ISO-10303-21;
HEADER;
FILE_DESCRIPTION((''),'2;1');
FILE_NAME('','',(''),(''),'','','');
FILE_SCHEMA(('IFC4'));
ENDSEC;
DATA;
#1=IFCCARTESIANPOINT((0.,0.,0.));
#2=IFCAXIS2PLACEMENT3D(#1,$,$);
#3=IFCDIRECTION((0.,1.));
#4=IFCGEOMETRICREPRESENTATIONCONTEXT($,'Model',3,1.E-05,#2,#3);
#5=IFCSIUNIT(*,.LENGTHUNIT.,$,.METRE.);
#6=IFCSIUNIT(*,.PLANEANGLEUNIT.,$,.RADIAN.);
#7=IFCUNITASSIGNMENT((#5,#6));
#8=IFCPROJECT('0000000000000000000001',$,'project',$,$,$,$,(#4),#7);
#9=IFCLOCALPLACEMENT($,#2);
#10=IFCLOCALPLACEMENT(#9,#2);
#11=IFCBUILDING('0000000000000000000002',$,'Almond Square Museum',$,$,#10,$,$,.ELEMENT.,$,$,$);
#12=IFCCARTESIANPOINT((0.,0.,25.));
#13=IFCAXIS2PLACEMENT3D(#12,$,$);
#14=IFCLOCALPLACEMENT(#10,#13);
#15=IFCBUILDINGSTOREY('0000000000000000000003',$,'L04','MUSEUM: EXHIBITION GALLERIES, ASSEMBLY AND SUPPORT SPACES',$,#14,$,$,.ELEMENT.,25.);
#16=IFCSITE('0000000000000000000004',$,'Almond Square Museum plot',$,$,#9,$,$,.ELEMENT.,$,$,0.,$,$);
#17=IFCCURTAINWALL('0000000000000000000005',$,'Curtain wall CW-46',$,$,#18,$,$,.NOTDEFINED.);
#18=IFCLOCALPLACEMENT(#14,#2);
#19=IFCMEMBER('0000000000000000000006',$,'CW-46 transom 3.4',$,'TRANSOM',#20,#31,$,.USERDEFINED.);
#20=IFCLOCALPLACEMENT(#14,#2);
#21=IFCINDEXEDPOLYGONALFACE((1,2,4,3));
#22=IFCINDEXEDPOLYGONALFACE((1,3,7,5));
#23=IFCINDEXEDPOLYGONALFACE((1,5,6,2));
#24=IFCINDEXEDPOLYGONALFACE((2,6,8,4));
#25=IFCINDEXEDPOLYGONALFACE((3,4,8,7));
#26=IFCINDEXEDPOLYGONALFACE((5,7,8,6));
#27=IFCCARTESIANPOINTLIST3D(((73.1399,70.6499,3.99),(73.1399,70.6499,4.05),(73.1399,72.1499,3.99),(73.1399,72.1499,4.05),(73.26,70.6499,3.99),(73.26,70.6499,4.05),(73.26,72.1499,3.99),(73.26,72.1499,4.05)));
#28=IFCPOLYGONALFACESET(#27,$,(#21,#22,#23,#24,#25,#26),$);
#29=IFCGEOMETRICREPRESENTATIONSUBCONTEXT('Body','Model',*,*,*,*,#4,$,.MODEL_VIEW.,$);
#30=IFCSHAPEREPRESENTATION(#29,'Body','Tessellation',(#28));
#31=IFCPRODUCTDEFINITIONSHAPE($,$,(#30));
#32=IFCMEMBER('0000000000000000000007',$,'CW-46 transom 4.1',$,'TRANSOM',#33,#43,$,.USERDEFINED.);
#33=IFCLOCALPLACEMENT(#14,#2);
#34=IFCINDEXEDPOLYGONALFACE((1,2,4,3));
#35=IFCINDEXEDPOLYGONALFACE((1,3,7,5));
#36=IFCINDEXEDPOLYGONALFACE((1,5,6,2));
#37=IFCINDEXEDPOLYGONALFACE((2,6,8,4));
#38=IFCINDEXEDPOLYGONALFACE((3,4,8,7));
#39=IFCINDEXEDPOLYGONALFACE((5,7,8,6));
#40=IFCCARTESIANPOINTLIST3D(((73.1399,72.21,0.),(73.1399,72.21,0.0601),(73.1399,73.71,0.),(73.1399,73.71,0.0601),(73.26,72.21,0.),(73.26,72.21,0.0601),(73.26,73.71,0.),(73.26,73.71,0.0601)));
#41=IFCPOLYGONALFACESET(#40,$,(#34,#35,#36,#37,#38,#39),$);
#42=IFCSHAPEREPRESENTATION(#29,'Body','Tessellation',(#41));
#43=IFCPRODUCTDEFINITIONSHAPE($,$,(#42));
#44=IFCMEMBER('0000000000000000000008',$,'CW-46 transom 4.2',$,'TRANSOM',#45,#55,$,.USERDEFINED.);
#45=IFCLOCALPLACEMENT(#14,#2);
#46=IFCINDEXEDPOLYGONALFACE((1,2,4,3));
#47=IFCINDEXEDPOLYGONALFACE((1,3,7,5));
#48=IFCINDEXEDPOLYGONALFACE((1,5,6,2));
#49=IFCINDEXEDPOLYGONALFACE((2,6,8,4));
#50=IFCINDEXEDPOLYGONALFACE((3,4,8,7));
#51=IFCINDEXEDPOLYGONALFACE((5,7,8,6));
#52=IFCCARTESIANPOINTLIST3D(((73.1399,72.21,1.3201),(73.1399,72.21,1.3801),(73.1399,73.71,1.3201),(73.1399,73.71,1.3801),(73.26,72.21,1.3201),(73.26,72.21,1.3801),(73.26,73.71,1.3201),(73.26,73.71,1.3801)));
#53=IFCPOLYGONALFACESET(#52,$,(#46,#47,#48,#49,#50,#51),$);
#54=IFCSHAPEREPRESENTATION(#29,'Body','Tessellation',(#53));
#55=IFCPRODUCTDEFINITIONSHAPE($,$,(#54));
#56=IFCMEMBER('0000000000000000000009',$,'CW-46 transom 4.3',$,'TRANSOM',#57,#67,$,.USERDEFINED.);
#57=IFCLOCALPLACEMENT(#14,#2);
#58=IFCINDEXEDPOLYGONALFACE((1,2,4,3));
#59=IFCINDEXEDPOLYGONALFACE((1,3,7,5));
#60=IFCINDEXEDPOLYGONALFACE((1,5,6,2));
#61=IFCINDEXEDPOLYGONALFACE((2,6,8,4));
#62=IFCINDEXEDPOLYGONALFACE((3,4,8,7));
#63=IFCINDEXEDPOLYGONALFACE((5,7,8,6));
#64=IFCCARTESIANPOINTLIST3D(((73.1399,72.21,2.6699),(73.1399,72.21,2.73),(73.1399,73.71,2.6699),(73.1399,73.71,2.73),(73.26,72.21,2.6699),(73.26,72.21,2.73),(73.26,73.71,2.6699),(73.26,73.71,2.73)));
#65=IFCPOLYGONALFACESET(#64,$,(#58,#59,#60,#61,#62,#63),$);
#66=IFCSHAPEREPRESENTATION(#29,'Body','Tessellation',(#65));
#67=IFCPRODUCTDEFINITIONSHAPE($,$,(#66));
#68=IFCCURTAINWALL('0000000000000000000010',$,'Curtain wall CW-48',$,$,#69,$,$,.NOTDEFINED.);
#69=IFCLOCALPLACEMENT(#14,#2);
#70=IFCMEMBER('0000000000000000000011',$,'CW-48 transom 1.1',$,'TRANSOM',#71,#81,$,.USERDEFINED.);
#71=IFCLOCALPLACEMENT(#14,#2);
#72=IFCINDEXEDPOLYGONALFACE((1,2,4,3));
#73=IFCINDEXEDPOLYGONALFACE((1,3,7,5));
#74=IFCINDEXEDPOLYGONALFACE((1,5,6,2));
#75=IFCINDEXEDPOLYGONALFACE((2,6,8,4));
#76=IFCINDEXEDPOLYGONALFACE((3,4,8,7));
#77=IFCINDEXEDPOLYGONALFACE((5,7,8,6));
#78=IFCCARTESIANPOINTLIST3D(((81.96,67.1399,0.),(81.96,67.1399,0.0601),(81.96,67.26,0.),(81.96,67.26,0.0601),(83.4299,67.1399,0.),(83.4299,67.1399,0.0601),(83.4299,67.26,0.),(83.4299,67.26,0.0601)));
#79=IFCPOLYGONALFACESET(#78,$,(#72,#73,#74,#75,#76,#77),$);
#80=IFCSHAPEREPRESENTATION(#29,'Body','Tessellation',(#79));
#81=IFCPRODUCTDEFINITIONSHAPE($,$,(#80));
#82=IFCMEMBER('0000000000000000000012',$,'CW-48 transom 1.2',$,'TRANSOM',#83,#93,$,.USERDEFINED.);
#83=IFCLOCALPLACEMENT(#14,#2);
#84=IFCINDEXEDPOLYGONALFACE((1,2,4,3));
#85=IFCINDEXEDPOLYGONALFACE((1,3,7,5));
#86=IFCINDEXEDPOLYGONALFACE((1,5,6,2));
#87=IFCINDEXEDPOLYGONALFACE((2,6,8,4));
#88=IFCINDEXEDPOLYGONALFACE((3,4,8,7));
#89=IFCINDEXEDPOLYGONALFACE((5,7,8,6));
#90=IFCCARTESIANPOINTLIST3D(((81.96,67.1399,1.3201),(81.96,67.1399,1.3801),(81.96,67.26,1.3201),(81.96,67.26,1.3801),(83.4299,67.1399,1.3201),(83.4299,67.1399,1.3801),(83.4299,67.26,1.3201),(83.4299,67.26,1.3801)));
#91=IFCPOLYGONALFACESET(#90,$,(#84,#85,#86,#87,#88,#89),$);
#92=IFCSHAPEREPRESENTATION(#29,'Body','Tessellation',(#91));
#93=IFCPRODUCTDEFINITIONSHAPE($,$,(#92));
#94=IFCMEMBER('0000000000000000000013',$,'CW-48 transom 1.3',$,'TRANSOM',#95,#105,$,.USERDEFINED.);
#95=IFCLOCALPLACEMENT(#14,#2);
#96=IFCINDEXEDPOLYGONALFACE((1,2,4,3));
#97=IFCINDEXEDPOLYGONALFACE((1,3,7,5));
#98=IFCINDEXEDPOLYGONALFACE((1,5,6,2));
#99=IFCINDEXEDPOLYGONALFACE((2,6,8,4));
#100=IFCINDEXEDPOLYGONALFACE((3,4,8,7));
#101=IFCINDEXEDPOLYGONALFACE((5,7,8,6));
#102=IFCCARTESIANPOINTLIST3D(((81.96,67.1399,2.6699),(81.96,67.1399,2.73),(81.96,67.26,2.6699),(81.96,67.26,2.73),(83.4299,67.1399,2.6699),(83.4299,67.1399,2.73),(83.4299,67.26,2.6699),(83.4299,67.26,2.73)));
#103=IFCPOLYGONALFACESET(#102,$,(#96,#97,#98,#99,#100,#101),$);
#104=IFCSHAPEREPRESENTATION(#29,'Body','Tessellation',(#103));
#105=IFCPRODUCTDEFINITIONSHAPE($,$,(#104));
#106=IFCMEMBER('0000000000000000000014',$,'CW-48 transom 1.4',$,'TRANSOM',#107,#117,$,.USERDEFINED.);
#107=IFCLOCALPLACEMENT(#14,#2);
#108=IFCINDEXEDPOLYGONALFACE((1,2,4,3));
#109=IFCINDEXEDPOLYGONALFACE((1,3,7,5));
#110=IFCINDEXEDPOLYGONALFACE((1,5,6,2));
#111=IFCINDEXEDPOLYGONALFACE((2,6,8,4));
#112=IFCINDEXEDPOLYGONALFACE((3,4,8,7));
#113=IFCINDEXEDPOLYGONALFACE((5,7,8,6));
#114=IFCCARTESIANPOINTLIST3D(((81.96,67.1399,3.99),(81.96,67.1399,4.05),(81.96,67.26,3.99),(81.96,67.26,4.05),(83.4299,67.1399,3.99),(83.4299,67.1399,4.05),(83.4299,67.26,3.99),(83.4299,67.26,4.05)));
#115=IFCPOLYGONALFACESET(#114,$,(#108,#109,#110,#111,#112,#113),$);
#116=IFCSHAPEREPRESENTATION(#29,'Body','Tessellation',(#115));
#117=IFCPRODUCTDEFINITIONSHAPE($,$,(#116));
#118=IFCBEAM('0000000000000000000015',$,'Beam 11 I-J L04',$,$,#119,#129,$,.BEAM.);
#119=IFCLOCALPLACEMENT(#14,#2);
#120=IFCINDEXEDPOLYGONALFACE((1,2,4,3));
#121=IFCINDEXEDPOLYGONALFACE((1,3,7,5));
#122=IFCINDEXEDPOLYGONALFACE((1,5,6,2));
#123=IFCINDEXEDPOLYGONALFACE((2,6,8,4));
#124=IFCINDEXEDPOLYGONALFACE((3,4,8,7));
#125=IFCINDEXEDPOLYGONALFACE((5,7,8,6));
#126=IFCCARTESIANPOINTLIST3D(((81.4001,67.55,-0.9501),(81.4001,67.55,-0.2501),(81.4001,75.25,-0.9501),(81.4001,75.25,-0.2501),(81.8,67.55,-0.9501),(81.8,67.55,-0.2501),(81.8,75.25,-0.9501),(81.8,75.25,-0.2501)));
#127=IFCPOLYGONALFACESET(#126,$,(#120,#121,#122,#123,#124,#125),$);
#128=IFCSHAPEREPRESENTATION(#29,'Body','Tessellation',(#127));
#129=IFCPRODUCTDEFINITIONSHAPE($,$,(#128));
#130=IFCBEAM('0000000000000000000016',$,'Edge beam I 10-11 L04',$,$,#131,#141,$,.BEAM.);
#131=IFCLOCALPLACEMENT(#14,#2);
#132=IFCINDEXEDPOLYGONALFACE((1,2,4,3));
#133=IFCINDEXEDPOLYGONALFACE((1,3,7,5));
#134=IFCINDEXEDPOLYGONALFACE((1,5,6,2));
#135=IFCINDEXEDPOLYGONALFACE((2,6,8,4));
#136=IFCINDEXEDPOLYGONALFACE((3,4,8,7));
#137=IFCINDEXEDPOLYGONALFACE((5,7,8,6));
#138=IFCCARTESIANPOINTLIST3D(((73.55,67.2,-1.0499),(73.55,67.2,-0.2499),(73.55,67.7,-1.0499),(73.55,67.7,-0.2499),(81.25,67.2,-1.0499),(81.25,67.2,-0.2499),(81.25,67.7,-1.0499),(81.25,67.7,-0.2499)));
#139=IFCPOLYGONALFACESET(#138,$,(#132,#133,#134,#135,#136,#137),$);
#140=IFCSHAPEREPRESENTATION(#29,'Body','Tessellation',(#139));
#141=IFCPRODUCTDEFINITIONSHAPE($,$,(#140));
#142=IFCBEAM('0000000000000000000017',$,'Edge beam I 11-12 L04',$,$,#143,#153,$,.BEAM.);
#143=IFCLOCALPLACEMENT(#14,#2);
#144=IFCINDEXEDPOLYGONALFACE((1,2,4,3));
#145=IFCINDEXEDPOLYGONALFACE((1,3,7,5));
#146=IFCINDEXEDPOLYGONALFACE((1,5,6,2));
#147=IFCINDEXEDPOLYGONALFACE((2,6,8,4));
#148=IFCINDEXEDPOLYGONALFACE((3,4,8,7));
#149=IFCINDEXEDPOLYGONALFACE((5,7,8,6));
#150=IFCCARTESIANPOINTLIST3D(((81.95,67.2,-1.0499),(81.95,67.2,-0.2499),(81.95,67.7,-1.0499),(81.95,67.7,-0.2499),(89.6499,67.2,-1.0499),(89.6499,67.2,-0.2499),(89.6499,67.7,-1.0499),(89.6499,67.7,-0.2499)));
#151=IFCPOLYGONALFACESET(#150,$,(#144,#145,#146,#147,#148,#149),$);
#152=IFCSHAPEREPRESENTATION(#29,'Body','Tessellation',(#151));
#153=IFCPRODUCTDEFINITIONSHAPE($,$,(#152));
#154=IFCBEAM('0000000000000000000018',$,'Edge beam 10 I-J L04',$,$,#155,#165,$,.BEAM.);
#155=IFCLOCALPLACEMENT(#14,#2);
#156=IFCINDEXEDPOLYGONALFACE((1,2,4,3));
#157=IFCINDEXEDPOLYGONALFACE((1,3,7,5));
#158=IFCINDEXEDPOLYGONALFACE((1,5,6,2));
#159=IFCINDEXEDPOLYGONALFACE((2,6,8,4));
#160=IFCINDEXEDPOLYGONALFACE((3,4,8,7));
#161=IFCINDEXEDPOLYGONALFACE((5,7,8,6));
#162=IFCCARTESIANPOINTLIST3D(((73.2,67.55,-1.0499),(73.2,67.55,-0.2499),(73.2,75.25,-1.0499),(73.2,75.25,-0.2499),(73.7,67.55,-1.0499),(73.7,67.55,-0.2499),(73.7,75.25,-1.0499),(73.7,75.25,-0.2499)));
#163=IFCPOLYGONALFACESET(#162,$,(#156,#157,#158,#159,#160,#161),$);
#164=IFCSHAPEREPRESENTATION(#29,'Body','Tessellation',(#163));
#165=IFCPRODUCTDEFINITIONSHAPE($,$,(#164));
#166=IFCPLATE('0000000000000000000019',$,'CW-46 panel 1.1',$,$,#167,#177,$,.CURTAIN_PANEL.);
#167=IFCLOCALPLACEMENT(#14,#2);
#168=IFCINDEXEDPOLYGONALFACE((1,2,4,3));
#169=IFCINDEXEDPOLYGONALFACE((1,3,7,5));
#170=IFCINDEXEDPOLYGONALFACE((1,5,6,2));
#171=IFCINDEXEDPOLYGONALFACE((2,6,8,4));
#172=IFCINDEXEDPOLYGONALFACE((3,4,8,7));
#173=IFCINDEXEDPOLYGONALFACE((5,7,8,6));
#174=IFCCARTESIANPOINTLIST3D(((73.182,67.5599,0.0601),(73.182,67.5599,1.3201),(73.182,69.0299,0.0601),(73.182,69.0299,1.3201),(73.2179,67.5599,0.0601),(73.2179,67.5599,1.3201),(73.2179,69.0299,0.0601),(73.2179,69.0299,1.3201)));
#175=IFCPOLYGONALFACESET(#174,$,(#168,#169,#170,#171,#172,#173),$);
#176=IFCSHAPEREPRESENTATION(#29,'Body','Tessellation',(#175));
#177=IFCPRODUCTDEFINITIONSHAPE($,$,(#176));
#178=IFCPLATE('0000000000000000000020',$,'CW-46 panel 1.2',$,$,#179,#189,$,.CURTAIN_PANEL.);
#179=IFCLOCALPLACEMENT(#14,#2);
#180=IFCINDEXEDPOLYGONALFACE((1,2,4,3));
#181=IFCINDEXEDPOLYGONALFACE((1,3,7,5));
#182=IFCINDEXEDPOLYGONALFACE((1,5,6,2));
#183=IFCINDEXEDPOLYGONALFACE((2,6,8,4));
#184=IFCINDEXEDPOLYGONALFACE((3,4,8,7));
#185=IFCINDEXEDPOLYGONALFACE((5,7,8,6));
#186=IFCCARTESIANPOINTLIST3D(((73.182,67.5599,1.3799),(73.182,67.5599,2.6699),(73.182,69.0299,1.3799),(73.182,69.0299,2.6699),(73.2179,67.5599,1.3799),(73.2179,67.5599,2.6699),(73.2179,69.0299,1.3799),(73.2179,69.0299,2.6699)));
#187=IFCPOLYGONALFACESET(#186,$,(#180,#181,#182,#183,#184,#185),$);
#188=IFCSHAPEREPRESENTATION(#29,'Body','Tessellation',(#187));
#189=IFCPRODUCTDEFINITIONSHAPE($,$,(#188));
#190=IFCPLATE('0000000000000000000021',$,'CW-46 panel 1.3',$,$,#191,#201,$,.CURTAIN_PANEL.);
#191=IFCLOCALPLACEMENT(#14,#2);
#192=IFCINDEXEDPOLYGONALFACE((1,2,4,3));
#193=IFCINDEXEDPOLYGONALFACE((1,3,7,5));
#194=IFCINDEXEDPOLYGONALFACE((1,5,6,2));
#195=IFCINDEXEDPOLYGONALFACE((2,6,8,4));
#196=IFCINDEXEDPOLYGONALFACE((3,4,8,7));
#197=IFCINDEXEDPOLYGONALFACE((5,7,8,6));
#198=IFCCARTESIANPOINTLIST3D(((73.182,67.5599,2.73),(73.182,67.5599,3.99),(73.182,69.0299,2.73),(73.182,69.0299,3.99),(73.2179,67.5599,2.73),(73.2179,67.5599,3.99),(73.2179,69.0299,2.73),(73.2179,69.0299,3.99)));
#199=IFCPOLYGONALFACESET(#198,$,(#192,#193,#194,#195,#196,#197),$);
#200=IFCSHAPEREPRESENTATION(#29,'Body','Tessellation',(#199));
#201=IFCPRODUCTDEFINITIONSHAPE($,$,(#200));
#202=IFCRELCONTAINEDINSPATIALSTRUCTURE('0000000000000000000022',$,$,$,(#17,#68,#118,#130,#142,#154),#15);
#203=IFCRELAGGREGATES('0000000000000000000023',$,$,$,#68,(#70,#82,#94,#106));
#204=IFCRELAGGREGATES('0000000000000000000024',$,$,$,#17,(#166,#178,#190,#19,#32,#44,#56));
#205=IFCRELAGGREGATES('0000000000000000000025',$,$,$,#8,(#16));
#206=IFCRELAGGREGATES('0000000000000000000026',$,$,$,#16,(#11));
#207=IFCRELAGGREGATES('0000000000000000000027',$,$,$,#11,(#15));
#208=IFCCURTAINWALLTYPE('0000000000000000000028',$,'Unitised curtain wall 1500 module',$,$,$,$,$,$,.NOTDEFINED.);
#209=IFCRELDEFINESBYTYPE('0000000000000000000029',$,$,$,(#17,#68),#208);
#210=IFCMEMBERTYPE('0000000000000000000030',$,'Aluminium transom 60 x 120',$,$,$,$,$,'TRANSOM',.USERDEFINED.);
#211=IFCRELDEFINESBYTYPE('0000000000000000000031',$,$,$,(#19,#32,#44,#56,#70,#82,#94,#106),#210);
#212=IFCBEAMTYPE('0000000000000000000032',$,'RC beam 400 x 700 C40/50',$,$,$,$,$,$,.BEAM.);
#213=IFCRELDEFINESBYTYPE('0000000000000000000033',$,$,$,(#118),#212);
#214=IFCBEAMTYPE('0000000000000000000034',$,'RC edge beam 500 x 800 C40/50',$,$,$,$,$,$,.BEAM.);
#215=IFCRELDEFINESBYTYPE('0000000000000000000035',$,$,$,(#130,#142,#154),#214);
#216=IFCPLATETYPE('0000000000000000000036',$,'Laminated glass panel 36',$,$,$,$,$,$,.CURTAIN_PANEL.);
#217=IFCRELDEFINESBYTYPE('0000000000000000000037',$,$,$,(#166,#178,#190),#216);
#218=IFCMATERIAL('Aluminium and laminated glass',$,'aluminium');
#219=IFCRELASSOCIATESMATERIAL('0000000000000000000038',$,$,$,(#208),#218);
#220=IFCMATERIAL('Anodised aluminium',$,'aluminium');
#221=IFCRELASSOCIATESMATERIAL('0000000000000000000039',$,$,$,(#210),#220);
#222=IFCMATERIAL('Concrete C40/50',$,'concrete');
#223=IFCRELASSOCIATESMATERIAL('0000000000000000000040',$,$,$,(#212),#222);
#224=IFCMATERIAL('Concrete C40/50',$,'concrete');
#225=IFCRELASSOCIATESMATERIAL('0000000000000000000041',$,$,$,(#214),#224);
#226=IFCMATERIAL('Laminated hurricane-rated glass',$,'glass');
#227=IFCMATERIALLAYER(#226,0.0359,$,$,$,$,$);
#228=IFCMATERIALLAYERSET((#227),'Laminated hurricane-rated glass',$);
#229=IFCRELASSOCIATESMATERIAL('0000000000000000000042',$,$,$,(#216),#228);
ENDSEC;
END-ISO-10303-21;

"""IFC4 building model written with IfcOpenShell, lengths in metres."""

from ifc_helpers import new_model, si_unit, direction, frame, origin, origin_2d, place, context, subcontext, project, spatial, rectangle, extrude, material, layer, layer_set, material_profile, profile_set, type_object, element, aggregate, save


model = new_model("IFC4")

# Units and contexts
model_context = context("Model", 3, precision=1e-05, world=origin(), true_north=direction((0.0, 1.0)))
body_context = subcontext(model_context, "Body", "Model", "MODEL_VIEW")
ifc_project = project(units=[si_unit("LENGTHUNIT", "METRE"), si_unit("PLANEANGLEUNIT", "RADIAN")], contexts=[model_context])

# Site, building, storey
site_placement = place(None, origin())
site = spatial("IfcSite", under=ifc_project, at=site_placement, Name="Almond Square Museum plot", CompositionType="ELEMENT", RefElevation=0.0)
building_placement = place(site_placement, origin())
building = spatial("IfcBuilding", under=site, at=building_placement, Name="Almond Square Museum", CompositionType="ELEMENT")
storey_placement = place(building_placement, frame((0.0, 0.0, 25.0)))
storey = spatial("IfcBuildingStorey", under=building, at=storey_placement, Name="L04", Description="MUSEUM: EXHIBITION GALLERIES, ASSEMBLY AND SUPPORT SPACES", CompositionType="ELEMENT", Elevation=25.0)

# Curtain walls, members
ifc_material_1 = material(Name="Aluminium and laminated glass", Category="aluminium")
curtain_wall_type = type_object("IfcCurtainWallType", Name="Unitised curtain wall 1500 module", PredefinedType="NOTDEFINED", material=ifc_material_1)
curtain_wall_1_placement = place(storey_placement, origin())
curtain_wall_1 = element("IfcCurtainWall", 1, at=curtain_wall_1_placement, inside=storey, type_object=curtain_wall_type, Name="Curtain wall CW-46", PredefinedType="NOTDEFINED")
ifc_material_2 = material(Name="Anodised aluminium", Category="aluminium")
ifc_material_profile_1 = material_profile(ifc_material_2, rectangle(XDim=0.1201, YDim=0.0601, at=origin_2d()))
ifc_profile_set_1 = profile_set([ifc_material_profile_1], Name="Anodised aluminium")
member_type_1 = type_object("IfcMemberType", Name="Aluminium transom 60 x 120", ElementType="TRANSOM", PredefinedType="USERDEFINED", material=ifc_profile_set_1)
member_1_placement = place(storey_placement, frame((73.2, 70.6499, 4.02), z_axis=(0.0, 1.0, 0.0), x_axis=(-1.0, 0.0, 0.0)))
member_1 = element("IfcMember", 2, at=member_1_placement, type_object=member_type_1, Name="CW-46 transom 3.4", ObjectType="TRANSOM", PredefinedType="USERDEFINED", context=body_context, shape_type="SweptSolid", body=[
    extrude(rectangle(XDim=0.1201, YDim=0.0601, at=origin_2d()), origin(), (0.0, 0.0, 1.0), 1.5),
])
member_2_placement = place(storey_placement, frame((73.2, 72.21, 0.03), z_axis=(0.0, 1.0, 0.0), x_axis=(-1.0, 0.0, 0.0)))
member_2 = element("IfcMember", 3, at=member_2_placement, type_object=member_type_1, Name="CW-46 transom 4.1", ObjectType="TRANSOM", PredefinedType="USERDEFINED", context=body_context, shape_type="SweptSolid", body=[
    extrude(rectangle(XDim=0.1201, YDim=0.0601, at=origin_2d()), origin(), (0.0, 0.0, 1.0), 1.5),
])
member_3_placement = place(storey_placement, frame((73.2, 72.21, 1.3501), z_axis=(0.0, 1.0, 0.0), x_axis=(-1.0, 0.0, 0.0)))
member_3 = element("IfcMember", 4, at=member_3_placement, type_object=member_type_1, Name="CW-46 transom 4.2", ObjectType="TRANSOM", PredefinedType="USERDEFINED", context=body_context, shape_type="SweptSolid", body=[
    extrude(rectangle(XDim=0.1201, YDim=0.0601, at=origin_2d()), origin(), (0.0, 0.0, 1.0), 1.5),
])
member_4_placement = place(storey_placement, frame((73.2, 72.21, 2.7), z_axis=(0.0, 1.0, 0.0), x_axis=(-1.0, 0.0, 0.0)))
member_4 = element("IfcMember", 5, at=member_4_placement, type_object=member_type_1, Name="CW-46 transom 4.3", ObjectType="TRANSOM", PredefinedType="USERDEFINED", context=body_context, shape_type="SweptSolid", body=[
    extrude(rectangle(XDim=0.1201, YDim=0.0601, at=origin_2d()), origin(), (0.0, 0.0, 1.0), 1.5),
])
curtain_wall_2_placement = place(storey_placement, origin())
curtain_wall_2 = element("IfcCurtainWall", 6, at=curtain_wall_2_placement, inside=storey, type_object=curtain_wall_type, Name="Curtain wall CW-48", PredefinedType="NOTDEFINED")
member_5_placement = place(storey_placement, frame((81.96, 67.2, 0.03), z_axis=(1.0, 0.0, 0.0), x_axis=(0.0, 1.0, 0.0)))
member_5 = element("IfcMember", 7, at=member_5_placement, type_object=member_type_1, Name="CW-48 transom 1.1", ObjectType="TRANSOM", PredefinedType="USERDEFINED", context=body_context, shape_type="SweptSolid", body=[
    extrude(rectangle(XDim=0.1201, YDim=0.0601, at=origin_2d()), origin(), (0.0, 0.0, 1.0), 1.47),
])
member_6_placement = place(storey_placement, frame((81.96, 67.2, 1.3501), z_axis=(1.0, 0.0, 0.0), x_axis=(0.0, 1.0, 0.0)))
member_6 = element("IfcMember", 8, at=member_6_placement, type_object=member_type_1, Name="CW-48 transom 1.2", ObjectType="TRANSOM", PredefinedType="USERDEFINED", context=body_context, shape_type="SweptSolid", body=[
    extrude(rectangle(XDim=0.1201, YDim=0.0601, at=origin_2d()), origin(), (0.0, 0.0, 1.0), 1.47),
])
member_7_placement = place(storey_placement, frame((81.96, 67.2, 2.7), z_axis=(1.0, 0.0, 0.0), x_axis=(0.0, 1.0, 0.0)))
member_7 = element("IfcMember", 9, at=member_7_placement, type_object=member_type_1, Name="CW-48 transom 1.3", ObjectType="TRANSOM", PredefinedType="USERDEFINED", context=body_context, shape_type="SweptSolid", body=[
    extrude(rectangle(XDim=0.1201, YDim=0.0601, at=origin_2d()), origin(), (0.0, 0.0, 1.0), 1.47),
])
member_8_placement = place(storey_placement, frame((81.96, 67.2, 4.02), z_axis=(1.0, 0.0, 0.0), x_axis=(0.0, 1.0, 0.0)))
member_8 = element("IfcMember", 10, at=member_8_placement, type_object=member_type_1, Name="CW-48 transom 1.4", ObjectType="TRANSOM", PredefinedType="USERDEFINED", context=body_context, shape_type="SweptSolid", body=[
    extrude(rectangle(XDim=0.1201, YDim=0.0601, at=origin_2d()), origin(), (0.0, 0.0, 1.0), 1.47),
])
aggregate(curtain_wall_2, [member_5, member_6, member_7, member_8])

# Beams
ifc_material_3 = material(Name="Concrete C40/50", Category="concrete")
ifc_material_profile_2 = material_profile(ifc_material_3, rectangle(XDim=0.3999, YDim=0.7, at=origin_2d()))
ifc_profile_set_2 = profile_set([ifc_material_profile_2], Name="Concrete C40/50")
beam_type_1 = type_object("IfcBeamType", Name="RC beam 400 x 700 C40/50", PredefinedType="BEAM", material=ifc_profile_set_2)
beam_placement = place(storey_placement, frame((81.6001, 67.55, -0.6001), z_axis=(0.0, 1.0, 0.0), x_axis=(-1.0, 0.0, 0.0)))
element("IfcBeam", 11, at=beam_placement, inside=storey, type_object=beam_type_1, Name="Beam 11 I-J L04", PredefinedType="BEAM", context=body_context, shape_type="SweptSolid", body=[
    extrude(rectangle(XDim=0.3999, YDim=0.7, at=origin_2d()), origin(), (0.0, 0.0, 1.0), 7.7),
])
ifc_material_4 = material(Name="Concrete C40/50", Category="concrete")
ifc_material_profile_3 = material_profile(ifc_material_4, rectangle(XDim=0.5, YDim=0.8, at=origin_2d()))
ifc_profile_set_3 = profile_set([ifc_material_profile_3], Name="Concrete C40/50")
beam_type_2 = type_object("IfcBeamType", Name="RC edge beam 500 x 800 C40/50", PredefinedType="BEAM", material=ifc_profile_set_3)
for number, where, z_axis, x_axis, name in (
    (12, (73.55, 67.45, -0.6499), (1.0, 0.0, 0.0), (0.0, 1.0, 0.0), "Edge beam I 10-11 L04"),
    (13, (81.95, 67.45, -0.6499), (1.0, 0.0, 0.0), (0.0, 1.0, 0.0), "Edge beam I 11-12 L04"),
    (14, (73.45, 67.55, -0.6499), (0.0, 1.0, 0.0), (-1.0, 0.0, 0.0), "Edge beam 10 I-J L04"),
):
    element("IfcBeam", number, at=place(storey_placement, frame(where, z_axis=z_axis, x_axis=x_axis)), inside=storey, type_object=beam_type_2, Name=name, PredefinedType="BEAM", context=body_context, shape_type="SweptSolid", body=[
        extrude(rectangle(XDim=0.5, YDim=0.8, at=origin_2d()), origin(), (0.0, 0.0, 1.0), 7.7),
    ])

# Plates
ifc_material_5 = material(Name="Laminated hurricane-rated glass", Category="glass")
ifc_layer = layer(ifc_material_5, 0.0359)
ifc_layer_set = layer_set([ifc_layer], Name="Laminated hurricane-rated glass")
plate_type = type_object("IfcPlateType", Name="Laminated glass panel 36", PredefinedType="CURTAIN_PANEL", material=ifc_layer_set)
plate_1_placement = place(storey_placement, frame((73.2, 68.2949, 0.0601), z_axis=(0.0, 0.0, 1.0), x_axis=(0.0, 1.0, 0.0)))
plate_1 = element("IfcPlate", 15, at=plate_1_placement, type_object=plate_type, Name="CW-46 panel 1.1", PredefinedType="CURTAIN_PANEL", context=body_context, shape_type="SweptSolid", body=[
    extrude(rectangle(XDim=1.47, YDim=0.0359, at=origin_2d()), origin(), (0.0, 0.0, 1.0), 1.26),
])
plate_2_placement = place(storey_placement, frame((73.2, 68.2949, 1.3799), z_axis=(0.0, 0.0, 1.0), x_axis=(0.0, 1.0, 0.0)))
plate_2 = element("IfcPlate", 16, at=plate_2_placement, type_object=plate_type, Name="CW-46 panel 1.2", PredefinedType="CURTAIN_PANEL", context=body_context, shape_type="SweptSolid", body=[
    extrude(rectangle(XDim=1.47, YDim=0.0359, at=origin_2d()), origin(), (0.0, 0.0, 1.0), 1.29),
])
plate_3_placement = place(storey_placement, frame((73.2, 68.2949, 2.73), z_axis=(0.0, 0.0, 1.0), x_axis=(0.0, 1.0, 0.0)))
plate_3 = element("IfcPlate", 17, at=plate_3_placement, type_object=plate_type, Name="CW-46 panel 1.3", PredefinedType="CURTAIN_PANEL", context=body_context, shape_type="SweptSolid", body=[
    extrude(rectangle(XDim=1.47, YDim=0.0359, at=origin_2d()), origin(), (0.0, 0.0, 1.0), 1.26),
])
aggregate(curtain_wall_1, [plate_1, plate_2, plate_3, member_1, member_2, member_3, member_4])

save(model, "model.ifc")
